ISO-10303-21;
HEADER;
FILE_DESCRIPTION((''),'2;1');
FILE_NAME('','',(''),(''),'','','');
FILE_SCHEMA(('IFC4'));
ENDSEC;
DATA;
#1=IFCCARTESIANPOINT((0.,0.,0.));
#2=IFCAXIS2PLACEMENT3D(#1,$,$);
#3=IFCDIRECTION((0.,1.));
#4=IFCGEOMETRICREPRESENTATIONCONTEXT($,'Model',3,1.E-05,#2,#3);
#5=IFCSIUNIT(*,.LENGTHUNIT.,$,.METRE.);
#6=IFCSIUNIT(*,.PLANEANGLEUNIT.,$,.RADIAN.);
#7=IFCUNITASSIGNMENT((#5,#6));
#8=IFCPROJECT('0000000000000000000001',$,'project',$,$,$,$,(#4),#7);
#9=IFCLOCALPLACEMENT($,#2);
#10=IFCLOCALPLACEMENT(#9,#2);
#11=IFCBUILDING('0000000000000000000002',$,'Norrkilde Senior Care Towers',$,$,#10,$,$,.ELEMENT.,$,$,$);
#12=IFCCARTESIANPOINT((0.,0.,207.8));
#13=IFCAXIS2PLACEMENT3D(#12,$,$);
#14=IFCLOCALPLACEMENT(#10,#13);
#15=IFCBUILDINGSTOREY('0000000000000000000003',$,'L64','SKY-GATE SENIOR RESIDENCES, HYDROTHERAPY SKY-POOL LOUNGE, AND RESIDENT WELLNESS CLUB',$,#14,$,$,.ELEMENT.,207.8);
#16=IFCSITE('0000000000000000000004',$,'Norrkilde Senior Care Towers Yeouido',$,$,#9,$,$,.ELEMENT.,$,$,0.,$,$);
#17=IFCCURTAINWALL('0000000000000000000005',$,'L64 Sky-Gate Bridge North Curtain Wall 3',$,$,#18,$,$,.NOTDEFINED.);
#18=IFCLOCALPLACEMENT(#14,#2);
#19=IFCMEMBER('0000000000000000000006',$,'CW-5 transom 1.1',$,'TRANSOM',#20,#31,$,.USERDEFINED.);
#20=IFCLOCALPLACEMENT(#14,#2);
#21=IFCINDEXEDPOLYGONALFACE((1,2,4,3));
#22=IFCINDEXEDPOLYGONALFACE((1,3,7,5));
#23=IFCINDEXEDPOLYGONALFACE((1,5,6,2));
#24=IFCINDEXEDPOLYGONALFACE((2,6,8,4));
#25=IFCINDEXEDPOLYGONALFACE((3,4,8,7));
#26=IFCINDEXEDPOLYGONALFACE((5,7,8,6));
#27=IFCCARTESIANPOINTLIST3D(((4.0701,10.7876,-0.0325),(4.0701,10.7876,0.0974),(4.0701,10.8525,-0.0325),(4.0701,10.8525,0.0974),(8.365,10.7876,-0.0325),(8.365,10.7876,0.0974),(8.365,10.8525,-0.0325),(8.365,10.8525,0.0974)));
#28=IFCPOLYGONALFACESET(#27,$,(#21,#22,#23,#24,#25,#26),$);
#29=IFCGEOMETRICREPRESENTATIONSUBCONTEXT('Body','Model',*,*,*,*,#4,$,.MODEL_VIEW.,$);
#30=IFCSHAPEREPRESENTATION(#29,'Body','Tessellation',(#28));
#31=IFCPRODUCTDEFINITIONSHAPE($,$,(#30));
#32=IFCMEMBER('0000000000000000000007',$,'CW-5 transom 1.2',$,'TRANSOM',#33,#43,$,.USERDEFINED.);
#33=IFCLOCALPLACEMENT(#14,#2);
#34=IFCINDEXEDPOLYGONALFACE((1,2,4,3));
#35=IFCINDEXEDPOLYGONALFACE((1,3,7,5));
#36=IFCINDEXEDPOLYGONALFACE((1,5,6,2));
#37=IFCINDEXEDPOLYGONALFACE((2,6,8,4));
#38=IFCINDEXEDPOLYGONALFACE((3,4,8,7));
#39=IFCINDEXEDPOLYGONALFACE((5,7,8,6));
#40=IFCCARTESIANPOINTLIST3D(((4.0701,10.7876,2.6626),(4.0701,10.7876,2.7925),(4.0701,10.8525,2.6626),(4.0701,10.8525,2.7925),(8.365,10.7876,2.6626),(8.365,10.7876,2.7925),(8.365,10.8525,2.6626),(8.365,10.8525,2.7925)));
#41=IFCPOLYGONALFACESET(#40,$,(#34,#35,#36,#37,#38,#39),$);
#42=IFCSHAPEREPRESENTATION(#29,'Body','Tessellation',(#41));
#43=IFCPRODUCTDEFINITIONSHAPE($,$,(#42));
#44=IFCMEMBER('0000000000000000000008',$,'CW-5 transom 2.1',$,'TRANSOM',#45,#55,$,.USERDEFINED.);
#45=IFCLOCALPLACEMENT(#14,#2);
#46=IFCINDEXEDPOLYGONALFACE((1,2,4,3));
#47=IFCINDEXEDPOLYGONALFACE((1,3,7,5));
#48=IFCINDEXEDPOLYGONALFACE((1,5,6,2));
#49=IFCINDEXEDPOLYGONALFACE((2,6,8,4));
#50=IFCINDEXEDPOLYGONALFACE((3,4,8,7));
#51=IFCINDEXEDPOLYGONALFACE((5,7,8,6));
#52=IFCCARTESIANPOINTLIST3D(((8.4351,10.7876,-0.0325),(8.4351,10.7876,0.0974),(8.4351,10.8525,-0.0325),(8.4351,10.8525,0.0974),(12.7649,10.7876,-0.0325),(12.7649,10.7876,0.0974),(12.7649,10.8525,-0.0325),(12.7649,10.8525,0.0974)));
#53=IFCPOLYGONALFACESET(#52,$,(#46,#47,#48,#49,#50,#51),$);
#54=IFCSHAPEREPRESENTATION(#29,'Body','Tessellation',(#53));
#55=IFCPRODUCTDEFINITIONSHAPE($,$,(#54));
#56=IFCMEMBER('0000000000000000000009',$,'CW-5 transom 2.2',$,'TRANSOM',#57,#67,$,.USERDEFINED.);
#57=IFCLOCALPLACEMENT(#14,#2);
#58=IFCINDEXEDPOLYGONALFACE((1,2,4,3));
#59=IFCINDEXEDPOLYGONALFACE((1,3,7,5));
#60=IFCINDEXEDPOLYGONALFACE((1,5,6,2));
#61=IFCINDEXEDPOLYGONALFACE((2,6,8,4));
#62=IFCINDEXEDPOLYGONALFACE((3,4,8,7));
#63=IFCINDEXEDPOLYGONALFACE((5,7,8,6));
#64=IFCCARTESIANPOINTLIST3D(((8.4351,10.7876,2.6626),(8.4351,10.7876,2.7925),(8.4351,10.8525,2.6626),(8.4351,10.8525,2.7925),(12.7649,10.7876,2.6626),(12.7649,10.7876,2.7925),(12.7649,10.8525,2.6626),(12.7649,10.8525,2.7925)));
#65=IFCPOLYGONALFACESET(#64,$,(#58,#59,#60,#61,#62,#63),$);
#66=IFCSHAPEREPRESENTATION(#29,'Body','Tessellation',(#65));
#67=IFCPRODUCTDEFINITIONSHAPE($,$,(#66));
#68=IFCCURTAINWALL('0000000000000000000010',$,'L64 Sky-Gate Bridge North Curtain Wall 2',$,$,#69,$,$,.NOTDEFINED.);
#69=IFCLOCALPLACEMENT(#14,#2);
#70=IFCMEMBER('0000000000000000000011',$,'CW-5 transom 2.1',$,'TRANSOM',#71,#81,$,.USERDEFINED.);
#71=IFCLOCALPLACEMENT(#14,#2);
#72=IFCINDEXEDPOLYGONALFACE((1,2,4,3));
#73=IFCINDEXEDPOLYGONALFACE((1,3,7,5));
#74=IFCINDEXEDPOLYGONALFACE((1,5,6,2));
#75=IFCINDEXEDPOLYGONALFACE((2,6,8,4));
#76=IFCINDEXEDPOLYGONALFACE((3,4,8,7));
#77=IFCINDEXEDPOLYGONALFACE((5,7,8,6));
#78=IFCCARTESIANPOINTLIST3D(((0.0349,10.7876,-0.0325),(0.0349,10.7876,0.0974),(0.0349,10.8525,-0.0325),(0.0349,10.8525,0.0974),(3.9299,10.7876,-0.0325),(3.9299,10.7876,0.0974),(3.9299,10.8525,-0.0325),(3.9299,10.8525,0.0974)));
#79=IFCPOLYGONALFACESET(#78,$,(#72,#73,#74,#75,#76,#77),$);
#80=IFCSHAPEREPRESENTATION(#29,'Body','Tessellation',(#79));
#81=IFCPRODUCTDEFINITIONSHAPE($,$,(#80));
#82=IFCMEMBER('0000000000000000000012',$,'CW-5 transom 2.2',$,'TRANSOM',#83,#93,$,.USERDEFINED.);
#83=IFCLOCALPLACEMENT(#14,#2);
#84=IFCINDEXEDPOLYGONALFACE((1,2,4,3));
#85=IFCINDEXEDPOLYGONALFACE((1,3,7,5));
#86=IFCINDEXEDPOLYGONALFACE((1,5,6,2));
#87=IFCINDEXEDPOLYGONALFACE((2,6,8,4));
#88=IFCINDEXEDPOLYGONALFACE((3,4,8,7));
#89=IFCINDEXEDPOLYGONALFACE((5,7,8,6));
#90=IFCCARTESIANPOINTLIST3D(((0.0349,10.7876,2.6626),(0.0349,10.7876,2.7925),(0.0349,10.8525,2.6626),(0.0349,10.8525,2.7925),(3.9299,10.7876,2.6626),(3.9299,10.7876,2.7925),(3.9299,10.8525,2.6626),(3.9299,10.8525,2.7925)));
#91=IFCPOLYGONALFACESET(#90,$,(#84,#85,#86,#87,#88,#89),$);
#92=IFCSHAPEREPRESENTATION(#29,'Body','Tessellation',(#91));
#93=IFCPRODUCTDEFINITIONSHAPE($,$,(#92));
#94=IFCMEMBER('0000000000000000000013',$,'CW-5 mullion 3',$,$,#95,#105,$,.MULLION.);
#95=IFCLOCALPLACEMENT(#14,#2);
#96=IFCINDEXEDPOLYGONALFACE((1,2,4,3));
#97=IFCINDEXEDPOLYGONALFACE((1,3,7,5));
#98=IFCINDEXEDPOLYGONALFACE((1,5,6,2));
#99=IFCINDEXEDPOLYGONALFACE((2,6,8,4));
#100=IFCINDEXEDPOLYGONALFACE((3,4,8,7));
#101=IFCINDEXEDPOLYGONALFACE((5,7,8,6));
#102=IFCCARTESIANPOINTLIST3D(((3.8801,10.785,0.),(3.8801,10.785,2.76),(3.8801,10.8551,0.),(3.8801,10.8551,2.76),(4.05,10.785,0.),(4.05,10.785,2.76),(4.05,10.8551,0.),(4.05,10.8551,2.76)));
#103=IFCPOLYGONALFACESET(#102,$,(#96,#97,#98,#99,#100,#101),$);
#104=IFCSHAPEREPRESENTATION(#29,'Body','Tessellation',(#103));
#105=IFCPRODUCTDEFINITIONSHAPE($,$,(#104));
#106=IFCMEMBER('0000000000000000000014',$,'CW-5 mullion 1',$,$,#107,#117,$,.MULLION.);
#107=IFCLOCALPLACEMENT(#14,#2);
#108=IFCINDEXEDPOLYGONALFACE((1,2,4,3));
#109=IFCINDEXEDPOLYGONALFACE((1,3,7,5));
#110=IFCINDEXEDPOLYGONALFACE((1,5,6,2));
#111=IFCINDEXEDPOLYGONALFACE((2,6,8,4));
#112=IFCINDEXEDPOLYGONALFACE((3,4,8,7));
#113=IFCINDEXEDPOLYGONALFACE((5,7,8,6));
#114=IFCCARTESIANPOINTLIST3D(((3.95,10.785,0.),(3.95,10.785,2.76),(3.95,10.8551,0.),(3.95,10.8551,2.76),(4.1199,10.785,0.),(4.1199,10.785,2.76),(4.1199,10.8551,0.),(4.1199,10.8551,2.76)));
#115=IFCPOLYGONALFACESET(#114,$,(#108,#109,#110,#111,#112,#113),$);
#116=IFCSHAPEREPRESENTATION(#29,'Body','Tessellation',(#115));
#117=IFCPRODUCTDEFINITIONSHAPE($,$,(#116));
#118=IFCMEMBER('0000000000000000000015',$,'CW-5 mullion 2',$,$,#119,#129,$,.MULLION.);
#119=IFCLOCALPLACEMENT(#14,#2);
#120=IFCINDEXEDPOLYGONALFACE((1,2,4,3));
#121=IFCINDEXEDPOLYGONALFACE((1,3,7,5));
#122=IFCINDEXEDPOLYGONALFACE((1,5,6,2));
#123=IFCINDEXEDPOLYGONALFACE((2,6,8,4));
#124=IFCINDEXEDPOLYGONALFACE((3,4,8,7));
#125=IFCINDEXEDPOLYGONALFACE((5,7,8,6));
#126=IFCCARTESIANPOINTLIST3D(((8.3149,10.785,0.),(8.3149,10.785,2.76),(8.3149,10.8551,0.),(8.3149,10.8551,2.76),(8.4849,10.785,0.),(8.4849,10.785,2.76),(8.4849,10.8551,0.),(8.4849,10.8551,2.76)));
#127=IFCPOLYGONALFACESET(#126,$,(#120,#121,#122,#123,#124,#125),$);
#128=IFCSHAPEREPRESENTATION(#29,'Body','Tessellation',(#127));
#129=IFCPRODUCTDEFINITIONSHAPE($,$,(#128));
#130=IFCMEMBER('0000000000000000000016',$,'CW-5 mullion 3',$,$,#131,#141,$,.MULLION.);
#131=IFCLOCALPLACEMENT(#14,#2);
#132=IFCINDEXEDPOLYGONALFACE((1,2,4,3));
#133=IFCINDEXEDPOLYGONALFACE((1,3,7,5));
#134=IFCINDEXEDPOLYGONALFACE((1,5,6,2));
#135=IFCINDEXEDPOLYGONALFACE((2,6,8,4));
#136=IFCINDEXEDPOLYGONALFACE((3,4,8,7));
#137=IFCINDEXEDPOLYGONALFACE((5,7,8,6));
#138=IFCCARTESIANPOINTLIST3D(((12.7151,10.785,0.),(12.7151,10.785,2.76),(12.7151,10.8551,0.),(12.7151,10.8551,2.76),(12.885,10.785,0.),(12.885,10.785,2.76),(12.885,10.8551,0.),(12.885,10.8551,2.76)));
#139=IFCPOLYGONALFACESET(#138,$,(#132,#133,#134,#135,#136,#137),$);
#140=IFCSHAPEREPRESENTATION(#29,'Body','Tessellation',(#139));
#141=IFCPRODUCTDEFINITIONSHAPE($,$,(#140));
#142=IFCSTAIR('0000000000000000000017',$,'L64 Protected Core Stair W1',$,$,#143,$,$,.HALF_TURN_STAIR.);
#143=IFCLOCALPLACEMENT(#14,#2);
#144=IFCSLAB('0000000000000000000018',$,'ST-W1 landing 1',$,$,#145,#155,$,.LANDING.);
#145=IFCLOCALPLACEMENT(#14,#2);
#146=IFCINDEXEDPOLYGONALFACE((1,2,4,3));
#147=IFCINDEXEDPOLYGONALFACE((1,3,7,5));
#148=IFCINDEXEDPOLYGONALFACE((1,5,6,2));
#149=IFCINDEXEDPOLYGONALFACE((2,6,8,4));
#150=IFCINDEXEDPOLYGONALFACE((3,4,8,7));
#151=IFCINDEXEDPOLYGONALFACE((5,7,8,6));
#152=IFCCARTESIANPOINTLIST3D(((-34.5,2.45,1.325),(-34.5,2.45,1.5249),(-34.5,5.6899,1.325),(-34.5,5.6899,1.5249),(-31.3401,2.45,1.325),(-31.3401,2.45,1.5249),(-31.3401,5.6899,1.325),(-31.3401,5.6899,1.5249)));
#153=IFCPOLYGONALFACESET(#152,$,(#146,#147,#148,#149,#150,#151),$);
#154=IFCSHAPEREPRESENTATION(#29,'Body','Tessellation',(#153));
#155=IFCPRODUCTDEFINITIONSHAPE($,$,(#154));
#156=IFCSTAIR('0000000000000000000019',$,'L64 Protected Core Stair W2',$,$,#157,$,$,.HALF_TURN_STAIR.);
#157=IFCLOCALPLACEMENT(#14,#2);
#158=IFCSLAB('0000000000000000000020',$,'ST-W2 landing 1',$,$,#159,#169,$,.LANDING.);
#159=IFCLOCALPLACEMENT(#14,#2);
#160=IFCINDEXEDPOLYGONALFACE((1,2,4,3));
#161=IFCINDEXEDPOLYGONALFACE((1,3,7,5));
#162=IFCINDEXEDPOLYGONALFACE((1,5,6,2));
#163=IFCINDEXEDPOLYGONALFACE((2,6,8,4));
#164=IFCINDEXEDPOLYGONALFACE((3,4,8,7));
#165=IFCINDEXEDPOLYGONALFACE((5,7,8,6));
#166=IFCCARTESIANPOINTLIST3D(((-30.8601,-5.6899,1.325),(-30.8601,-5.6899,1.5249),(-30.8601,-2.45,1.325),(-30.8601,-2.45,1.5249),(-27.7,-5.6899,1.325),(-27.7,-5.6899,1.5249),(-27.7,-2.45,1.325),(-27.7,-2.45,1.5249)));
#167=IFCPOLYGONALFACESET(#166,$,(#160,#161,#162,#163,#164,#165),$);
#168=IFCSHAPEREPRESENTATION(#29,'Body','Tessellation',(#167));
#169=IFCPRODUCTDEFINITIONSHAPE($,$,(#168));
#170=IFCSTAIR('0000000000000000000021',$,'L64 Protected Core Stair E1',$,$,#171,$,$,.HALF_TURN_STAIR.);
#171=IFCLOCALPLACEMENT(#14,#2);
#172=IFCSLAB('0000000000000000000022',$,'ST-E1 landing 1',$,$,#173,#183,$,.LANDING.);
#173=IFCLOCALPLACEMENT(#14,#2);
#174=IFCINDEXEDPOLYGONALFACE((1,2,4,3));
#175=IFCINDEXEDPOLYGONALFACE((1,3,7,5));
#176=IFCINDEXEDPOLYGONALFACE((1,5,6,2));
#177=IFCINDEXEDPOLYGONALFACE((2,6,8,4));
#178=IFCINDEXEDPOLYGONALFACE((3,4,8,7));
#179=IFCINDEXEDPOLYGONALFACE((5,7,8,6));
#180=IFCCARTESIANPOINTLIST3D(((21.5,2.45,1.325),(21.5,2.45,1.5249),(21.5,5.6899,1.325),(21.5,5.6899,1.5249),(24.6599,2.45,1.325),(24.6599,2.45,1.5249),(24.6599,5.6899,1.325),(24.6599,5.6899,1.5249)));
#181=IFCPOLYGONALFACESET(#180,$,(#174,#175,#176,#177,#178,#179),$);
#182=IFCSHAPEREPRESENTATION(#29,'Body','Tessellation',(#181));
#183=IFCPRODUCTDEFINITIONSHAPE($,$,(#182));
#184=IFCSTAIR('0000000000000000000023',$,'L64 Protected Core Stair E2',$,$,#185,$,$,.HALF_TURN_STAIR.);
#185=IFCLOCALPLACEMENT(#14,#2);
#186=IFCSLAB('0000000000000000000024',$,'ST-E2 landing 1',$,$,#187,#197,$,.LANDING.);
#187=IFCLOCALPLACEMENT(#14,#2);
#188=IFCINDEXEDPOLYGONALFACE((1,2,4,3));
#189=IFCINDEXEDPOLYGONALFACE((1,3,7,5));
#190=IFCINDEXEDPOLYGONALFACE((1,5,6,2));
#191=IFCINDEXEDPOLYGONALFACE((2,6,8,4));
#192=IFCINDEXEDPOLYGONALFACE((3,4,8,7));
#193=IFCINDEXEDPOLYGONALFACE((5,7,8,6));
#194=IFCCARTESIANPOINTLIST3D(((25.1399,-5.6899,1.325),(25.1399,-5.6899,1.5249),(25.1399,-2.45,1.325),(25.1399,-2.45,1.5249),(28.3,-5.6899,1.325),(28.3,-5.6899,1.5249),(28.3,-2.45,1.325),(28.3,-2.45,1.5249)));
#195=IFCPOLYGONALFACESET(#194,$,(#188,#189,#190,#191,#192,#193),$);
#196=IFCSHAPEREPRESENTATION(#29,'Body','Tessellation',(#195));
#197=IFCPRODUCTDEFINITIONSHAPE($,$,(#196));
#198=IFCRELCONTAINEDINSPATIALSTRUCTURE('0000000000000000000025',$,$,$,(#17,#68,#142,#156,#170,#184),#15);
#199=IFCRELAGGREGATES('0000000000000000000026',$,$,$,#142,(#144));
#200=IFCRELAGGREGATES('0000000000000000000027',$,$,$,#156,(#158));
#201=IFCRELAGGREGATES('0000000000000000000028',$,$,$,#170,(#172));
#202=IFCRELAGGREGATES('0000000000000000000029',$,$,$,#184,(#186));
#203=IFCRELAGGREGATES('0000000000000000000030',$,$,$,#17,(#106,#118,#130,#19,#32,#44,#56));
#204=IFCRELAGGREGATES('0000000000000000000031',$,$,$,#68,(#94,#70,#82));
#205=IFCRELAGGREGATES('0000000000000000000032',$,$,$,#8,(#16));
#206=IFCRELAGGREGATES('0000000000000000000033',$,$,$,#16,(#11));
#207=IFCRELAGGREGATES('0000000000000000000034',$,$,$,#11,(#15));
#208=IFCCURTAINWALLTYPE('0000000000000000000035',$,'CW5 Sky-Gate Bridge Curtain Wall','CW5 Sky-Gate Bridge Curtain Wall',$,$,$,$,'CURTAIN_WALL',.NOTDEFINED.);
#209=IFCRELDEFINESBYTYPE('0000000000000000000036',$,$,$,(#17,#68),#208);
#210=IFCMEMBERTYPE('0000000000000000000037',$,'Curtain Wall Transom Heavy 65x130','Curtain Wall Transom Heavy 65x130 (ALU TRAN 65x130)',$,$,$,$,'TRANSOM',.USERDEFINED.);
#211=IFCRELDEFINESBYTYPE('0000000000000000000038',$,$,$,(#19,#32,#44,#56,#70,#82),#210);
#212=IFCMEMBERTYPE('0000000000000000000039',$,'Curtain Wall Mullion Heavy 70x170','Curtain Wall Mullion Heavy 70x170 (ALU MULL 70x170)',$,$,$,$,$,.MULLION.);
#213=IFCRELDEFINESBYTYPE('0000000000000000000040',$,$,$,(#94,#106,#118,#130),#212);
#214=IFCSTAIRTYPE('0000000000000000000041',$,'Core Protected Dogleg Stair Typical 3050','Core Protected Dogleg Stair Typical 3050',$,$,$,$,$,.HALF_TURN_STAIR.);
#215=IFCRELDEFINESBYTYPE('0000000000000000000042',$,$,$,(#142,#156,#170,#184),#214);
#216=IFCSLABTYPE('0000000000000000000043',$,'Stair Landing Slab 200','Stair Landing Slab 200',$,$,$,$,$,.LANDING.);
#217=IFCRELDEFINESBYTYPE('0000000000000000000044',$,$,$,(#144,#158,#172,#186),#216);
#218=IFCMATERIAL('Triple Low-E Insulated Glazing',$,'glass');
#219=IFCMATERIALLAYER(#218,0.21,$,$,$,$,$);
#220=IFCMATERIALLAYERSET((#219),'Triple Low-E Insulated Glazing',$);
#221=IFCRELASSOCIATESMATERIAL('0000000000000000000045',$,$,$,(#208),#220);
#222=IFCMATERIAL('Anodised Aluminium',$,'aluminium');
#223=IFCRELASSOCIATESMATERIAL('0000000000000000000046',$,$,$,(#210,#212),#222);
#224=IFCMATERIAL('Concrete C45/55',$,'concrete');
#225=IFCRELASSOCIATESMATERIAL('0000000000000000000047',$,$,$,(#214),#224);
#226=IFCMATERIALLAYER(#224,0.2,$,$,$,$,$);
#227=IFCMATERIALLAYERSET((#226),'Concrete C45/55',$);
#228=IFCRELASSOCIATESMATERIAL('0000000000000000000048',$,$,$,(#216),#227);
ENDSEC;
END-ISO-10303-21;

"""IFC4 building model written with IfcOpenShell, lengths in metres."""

from ifc_helpers import new_model, si_unit, direction, frame, origin, origin_2d, place, context, subcontext, project, spatial, polyline, rectangle, outline, extrude, source, transform, mapped, material, layer, layer_set, material_profile, profile_set, type_object, type_shapes, element, aggregate, save


model = new_model("IFC4")

# Units and contexts
model_context = context("Model", 3, precision=1e-05, world=origin(), true_north=direction((0.0, 1.0)))
body_context = subcontext(model_context, "Body", "Model", "MODEL_VIEW")
ifc_project = project(units=[si_unit("LENGTHUNIT", "METRE"), si_unit("PLANEANGLEUNIT", "RADIAN")], contexts=[model_context])

# Site, building, storey
site_placement = place(None, origin())
site = spatial("IfcSite", under=ifc_project, at=site_placement, Name="Norrkilde Senior Care Towers Yeouido", CompositionType="ELEMENT", RefElevation=0.0)
building_placement = place(site_placement, origin())
building = spatial("IfcBuilding", under=site, at=building_placement, Name="Norrkilde Senior Care Towers", CompositionType="ELEMENT")
storey_placement = place(building_placement, frame((0.0, 0.0, 207.8)))
storey = spatial("IfcBuildingStorey", under=building, at=storey_placement, Name="L64", Description="SKY-GATE SENIOR RESIDENCES, HYDROTHERAPY SKY-POOL LOUNGE, AND RESIDENT WELLNESS CLUB", CompositionType="ELEMENT", Elevation=207.8)

# Curtain walls, members
ifc_material_1 = material(Name="Triple Low-E Insulated Glazing", Category="glass")
ifc_layer_1 = layer(ifc_material_1, 0.21)
ifc_layer_set_1 = layer_set([ifc_layer_1], Name="Triple Low-E Insulated Glazing")
curtain_wall_type = type_object("IfcCurtainWallType", Name="CW5 Sky-Gate Bridge Curtain Wall", Description="CW5 Sky-Gate Bridge Curtain Wall", ElementType="CURTAIN_WALL", PredefinedType="NOTDEFINED", material=ifc_layer_set_1)
curtain_wall_1_placement = place(storey_placement, origin())
curtain_wall_1 = element("IfcCurtainWall", 1, at=curtain_wall_1_placement, inside=storey, type_object=curtain_wall_type, Name="L64 Sky-Gate Bridge North Curtain Wall 3", PredefinedType="NOTDEFINED")
ifc_material_2 = material(Name="Anodised Aluminium", Category="aluminium")
ifc_material_profile_1 = material_profile(ifc_material_2, rectangle(XDim=0.0649, YDim=0.1299, at=origin_2d()), Name="ALU TRAN 65x130")
ifc_profile_set_1 = profile_set([ifc_material_profile_1], Name="Anodised Aluminium")
member_type_1 = type_object("IfcMemberType", Name="Curtain Wall Transom Heavy 65x130", Description="Curtain Wall Transom Heavy 65x130 (ALU TRAN 65x130)", ElementType="TRANSOM", PredefinedType="USERDEFINED", material=ifc_profile_set_1)
shared_shape_1 = source(origin(), body_context, "Body", "SweptSolid", [
    extrude(rectangle(XDim=0.0649, YDim=0.1299, at=origin_2d()), origin(), (0.0, 0.0, 1.0), 4.2949),
])
member_1_placement = place(storey_placement, frame((4.0701, 10.8201, 0.0325), z_axis=(1.0, 0.0, 0.0), x_axis=(0.0, 1.0, 0.0)))
member_1 = element("IfcMember", 2, at=member_1_placement, type_object=member_type_1, Name="CW-5 transom 1.1", ObjectType="TRANSOM", PredefinedType="USERDEFINED", context=body_context, shape_type="MappedRepresentation", body=[
    mapped(shared_shape_1, transform((0.0, 0.0, 0.0), x_axis=(1.0, 0.0, 0.0), y_axis=(0.0, 1.0, 0.0), z_axis=(0.0, 0.0, 1.0), scale=1.0)),
])
member_2_placement = place(storey_placement, frame((4.0701, 10.8201, 2.7275), z_axis=(1.0, 0.0, 0.0), x_axis=(0.0, 1.0, 0.0)))
member_2 = element("IfcMember", 3, at=member_2_placement, type_object=member_type_1, Name="CW-5 transom 1.2", ObjectType="TRANSOM", PredefinedType="USERDEFINED", context=body_context, shape_type="MappedRepresentation", body=[
    mapped(shared_shape_1, transform((0.0, 0.0, 0.0), x_axis=(1.0, 0.0, 0.0), y_axis=(0.0, 1.0, 0.0), z_axis=(0.0, 0.0, 1.0), scale=1.0)),
])
shared_shape_2 = source(origin(), body_context, "Body", "SweptSolid", [
    extrude(rectangle(XDim=0.0649, YDim=0.1299, at=origin_2d()), origin(), (0.0, 0.0, 1.0), 4.3298),
])
member_3_placement = place(storey_placement, frame((8.4351, 10.8201, 0.0325), z_axis=(1.0, 0.0, 0.0), x_axis=(0.0, 1.0, 0.0)))
member_3 = element("IfcMember", 4, at=member_3_placement, type_object=member_type_1, Name="CW-5 transom 2.1", ObjectType="TRANSOM", PredefinedType="USERDEFINED", context=body_context, shape_type="MappedRepresentation", body=[
    mapped(shared_shape_2, transform((0.0, 0.0, 0.0), x_axis=(1.0, 0.0, 0.0), y_axis=(0.0, 1.0, 0.0), z_axis=(0.0, 0.0, 1.0), scale=1.0)),
])
member_4_placement = place(storey_placement, frame((8.4351, 10.8201, 2.7275), z_axis=(1.0, 0.0, 0.0), x_axis=(0.0, 1.0, 0.0)))
member_4 = element("IfcMember", 5, at=member_4_placement, type_object=member_type_1, Name="CW-5 transom 2.2", ObjectType="TRANSOM", PredefinedType="USERDEFINED", context=body_context, shape_type="MappedRepresentation", body=[
    mapped(shared_shape_2, transform((0.0, 0.0, 0.0), x_axis=(1.0, 0.0, 0.0), y_axis=(0.0, 1.0, 0.0), z_axis=(0.0, 0.0, 1.0), scale=1.0)),
])
curtain_wall_2_placement = place(storey_placement, origin())
curtain_wall_2 = element("IfcCurtainWall", 6, at=curtain_wall_2_placement, inside=storey, type_object=curtain_wall_type, Name="L64 Sky-Gate Bridge North Curtain Wall 2", PredefinedType="NOTDEFINED")
shared_shape_3 = source(origin(), body_context, "Body", "SweptSolid", [
    extrude(rectangle(XDim=0.0649, YDim=0.1299, at=origin_2d()), origin(), (0.0, 0.0, 1.0), 3.895),
])
type_shapes(member_type_1, [shared_shape_1, shared_shape_2, shared_shape_3])
member_5_placement = place(storey_placement, frame((0.0349, 10.8201, 0.0325), z_axis=(1.0, 0.0, 0.0), x_axis=(0.0, 1.0, 0.0)))
member_5 = element("IfcMember", 7, at=member_5_placement, type_object=member_type_1, Name="CW-5 transom 2.1", ObjectType="TRANSOM", PredefinedType="USERDEFINED", context=body_context, shape_type="MappedRepresentation", body=[
    mapped(shared_shape_3, transform((0.0, 0.0, 0.0), x_axis=(1.0, 0.0, 0.0), y_axis=(0.0, 1.0, 0.0), z_axis=(0.0, 0.0, 1.0), scale=1.0)),
])
member_6_placement = place(storey_placement, frame((0.0349, 10.8201, 2.7275), z_axis=(1.0, 0.0, 0.0), x_axis=(0.0, 1.0, 0.0)))
member_6 = element("IfcMember", 8, at=member_6_placement, type_object=member_type_1, Name="CW-5 transom 2.2", ObjectType="TRANSOM", PredefinedType="USERDEFINED", context=body_context, shape_type="MappedRepresentation", body=[
    mapped(shared_shape_3, transform((0.0, 0.0, 0.0), x_axis=(1.0, 0.0, 0.0), y_axis=(0.0, 1.0, 0.0), z_axis=(0.0, 0.0, 1.0), scale=1.0)),
])
ifc_material_profile_2 = material_profile(ifc_material_2, rectangle(XDim=0.0701, YDim=0.1699, at=origin_2d()), Name="ALU MULL 70x170")
ifc_profile_set_2 = profile_set([ifc_material_profile_2], Name="Anodised Aluminium")
member_type_2 = type_object("IfcMemberType", Name="Curtain Wall Mullion Heavy 70x170", Description="Curtain Wall Mullion Heavy 70x170 (ALU MULL 70x170)", PredefinedType="MULLION", material=ifc_profile_set_2)
shared_shape_4 = source(origin(), body_context, "Body", "SweptSolid", [
    extrude(rectangle(XDim=0.0701, YDim=0.1699, at=origin_2d()), origin(), (0.0, 0.0, 1.0), 2.76),
])
type_shapes(member_type_2, [shared_shape_4])
member_7_placement = place(storey_placement, frame((3.9651, 10.8201, 0.0), z_axis=(0.0, 0.0, 1.0), x_axis=(0.0, 1.0, 0.0)))
member_7 = element("IfcMember", 9, at=member_7_placement, type_object=member_type_2, Name="CW-5 mullion 3", PredefinedType="MULLION", context=body_context, shape_type="MappedRepresentation", body=[
    mapped(shared_shape_4, transform((0.0, 0.0, 0.0), x_axis=(1.0, 0.0, 0.0), y_axis=(0.0, 1.0, 0.0), z_axis=(0.0, 0.0, 1.0), scale=1.0)),
])

# Members
member_8_placement = place(storey_placement, frame((4.0349, 10.8201, 0.0), z_axis=(0.0, 0.0, 1.0), x_axis=(0.0, 1.0, 0.0)))
member_8 = element("IfcMember", 10, at=member_8_placement, type_object=member_type_2, Name="CW-5 mullion 1", PredefinedType="MULLION", context=body_context, shape_type="MappedRepresentation", body=[
    mapped(shared_shape_4, transform((0.0, 0.0, 0.0), x_axis=(1.0, 0.0, 0.0), y_axis=(0.0, 1.0, 0.0), z_axis=(0.0, 0.0, 1.0), scale=1.0)),
])
member_9_placement = place(storey_placement, frame((8.3999, 10.8201, 0.0), z_axis=(0.0, 0.0, 1.0), x_axis=(0.0, 1.0, 0.0)))
member_9 = element("IfcMember", 11, at=member_9_placement, type_object=member_type_2, Name="CW-5 mullion 2", PredefinedType="MULLION", context=body_context, shape_type="MappedRepresentation", body=[
    mapped(shared_shape_4, transform((0.0, 0.0, 0.0), x_axis=(1.0, 0.0, 0.0), y_axis=(0.0, 1.0, 0.0), z_axis=(0.0, 0.0, 1.0), scale=1.0)),
])
member_10_placement = place(storey_placement, frame((12.8, 10.8201, 0.0), z_axis=(0.0, 0.0, 1.0), x_axis=(0.0, 1.0, 0.0)))
member_10 = element("IfcMember", 12, at=member_10_placement, type_object=member_type_2, Name="CW-5 mullion 3", PredefinedType="MULLION", context=body_context, shape_type="MappedRepresentation", body=[
    mapped(shared_shape_4, transform((0.0, 0.0, 0.0), x_axis=(1.0, 0.0, 0.0), y_axis=(0.0, 1.0, 0.0), z_axis=(0.0, 0.0, 1.0), scale=1.0)),
])

# Stairs, slabs
ifc_material_3 = material(Name="Concrete C45/55", Category="concrete")
stair_type = type_object("IfcStairType", Name="Core Protected Dogleg Stair Typical 3050", Description="Core Protected Dogleg Stair Typical 3050", PredefinedType="HALF_TURN_STAIR", material=ifc_material_3)
stair_1_placement = place(storey_placement, origin())
stair_1 = element("IfcStair", 13, at=stair_1_placement, inside=storey, type_object=stair_type, Name="L64 Protected Core Stair W1", PredefinedType="HALF_TURN_STAIR")
ifc_layer_2 = layer(ifc_material_3, 0.2)
ifc_layer_set_2 = layer_set([ifc_layer_2], Name="Concrete C45/55")
slab_type = type_object("IfcSlabType", Name="Stair Landing Slab 200", Description="Stair Landing Slab 200", PredefinedType="LANDING", material=ifc_layer_set_2)
slab_1_placement = place(storey_placement, frame((0.0, 0.0, 1.325)))
slab_1 = element("IfcSlab", 14, at=slab_1_placement, type_object=slab_type, Name="ST-W1 landing 1", PredefinedType="LANDING", context=body_context, shape_type="SweptSolid", body=[
    extrude(outline(polyline([(-31.3401, 5.6899), (-34.5, 5.6899), (-34.5, 2.45), (-31.3401, 2.45), (-31.3401, 5.6899)])), origin(), (0.0, 0.0, 1.0), 0.2),
])
aggregate(stair_1, [slab_1])
stair_2_placement = place(storey_placement, origin())
stair_2 = element("IfcStair", 15, at=stair_2_placement, inside=storey, type_object=stair_type, Name="L64 Protected Core Stair W2", PredefinedType="HALF_TURN_STAIR")
slab_2_placement = place(storey_placement, frame((0.0, 0.0, 1.325)))
slab_2 = element("IfcSlab", 16, at=slab_2_placement, type_object=slab_type, Name="ST-W2 landing 1", PredefinedType="LANDING", context=body_context, shape_type="SweptSolid", body=[
    extrude(outline(polyline([(-30.8601, -5.6899), (-27.7, -5.6899), (-27.7, -2.45), (-30.8601, -2.45), (-30.8601, -5.6899)])), origin(), (0.0, 0.0, 1.0), 0.2),
])
aggregate(stair_2, [slab_2])
stair_3_placement = place(storey_placement, origin())
stair_3 = element("IfcStair", 17, at=stair_3_placement, inside=storey, type_object=stair_type, Name="L64 Protected Core Stair E1", PredefinedType="HALF_TURN_STAIR")
slab_3_placement = place(storey_placement, frame((0.0, 0.0, 1.325)))
slab_3 = element("IfcSlab", 18, at=slab_3_placement, type_object=slab_type, Name="ST-E1 landing 1", PredefinedType="LANDING", context=body_context, shape_type="SweptSolid", body=[
    extrude(outline(polyline([(24.6599, 5.6899), (21.5, 5.6899), (21.5, 2.45), (24.6599, 2.45), (24.6599, 5.6899)])), origin(), (0.0, 0.0, 1.0), 0.2),
])
aggregate(stair_3, [slab_3])
stair_4_placement = place(storey_placement, origin())
stair_4 = element("IfcStair", 19, at=stair_4_placement, inside=storey, type_object=stair_type, Name="L64 Protected Core Stair E2", PredefinedType="HALF_TURN_STAIR")
slab_4_placement = place(storey_placement, frame((0.0, 0.0, 1.325)))
slab_4 = element("IfcSlab", 20, at=slab_4_placement, type_object=slab_type, Name="ST-E2 landing 1", PredefinedType="LANDING", context=body_context, shape_type="SweptSolid", body=[
    extrude(outline(polyline([(25.1399, -5.6899), (28.3, -5.6899), (28.3, -2.45), (25.1399, -2.45), (25.1399, -5.6899)])), origin(), (0.0, 0.0, 1.0), 0.2),
])
aggregate(stair_4, [slab_4])

aggregate(curtain_wall_1, [member_8, member_9, member_10, member_1, member_2, member_3, member_4])
aggregate(curtain_wall_2, [member_7, member_5, member_6])

save(model, "model.ifc")
